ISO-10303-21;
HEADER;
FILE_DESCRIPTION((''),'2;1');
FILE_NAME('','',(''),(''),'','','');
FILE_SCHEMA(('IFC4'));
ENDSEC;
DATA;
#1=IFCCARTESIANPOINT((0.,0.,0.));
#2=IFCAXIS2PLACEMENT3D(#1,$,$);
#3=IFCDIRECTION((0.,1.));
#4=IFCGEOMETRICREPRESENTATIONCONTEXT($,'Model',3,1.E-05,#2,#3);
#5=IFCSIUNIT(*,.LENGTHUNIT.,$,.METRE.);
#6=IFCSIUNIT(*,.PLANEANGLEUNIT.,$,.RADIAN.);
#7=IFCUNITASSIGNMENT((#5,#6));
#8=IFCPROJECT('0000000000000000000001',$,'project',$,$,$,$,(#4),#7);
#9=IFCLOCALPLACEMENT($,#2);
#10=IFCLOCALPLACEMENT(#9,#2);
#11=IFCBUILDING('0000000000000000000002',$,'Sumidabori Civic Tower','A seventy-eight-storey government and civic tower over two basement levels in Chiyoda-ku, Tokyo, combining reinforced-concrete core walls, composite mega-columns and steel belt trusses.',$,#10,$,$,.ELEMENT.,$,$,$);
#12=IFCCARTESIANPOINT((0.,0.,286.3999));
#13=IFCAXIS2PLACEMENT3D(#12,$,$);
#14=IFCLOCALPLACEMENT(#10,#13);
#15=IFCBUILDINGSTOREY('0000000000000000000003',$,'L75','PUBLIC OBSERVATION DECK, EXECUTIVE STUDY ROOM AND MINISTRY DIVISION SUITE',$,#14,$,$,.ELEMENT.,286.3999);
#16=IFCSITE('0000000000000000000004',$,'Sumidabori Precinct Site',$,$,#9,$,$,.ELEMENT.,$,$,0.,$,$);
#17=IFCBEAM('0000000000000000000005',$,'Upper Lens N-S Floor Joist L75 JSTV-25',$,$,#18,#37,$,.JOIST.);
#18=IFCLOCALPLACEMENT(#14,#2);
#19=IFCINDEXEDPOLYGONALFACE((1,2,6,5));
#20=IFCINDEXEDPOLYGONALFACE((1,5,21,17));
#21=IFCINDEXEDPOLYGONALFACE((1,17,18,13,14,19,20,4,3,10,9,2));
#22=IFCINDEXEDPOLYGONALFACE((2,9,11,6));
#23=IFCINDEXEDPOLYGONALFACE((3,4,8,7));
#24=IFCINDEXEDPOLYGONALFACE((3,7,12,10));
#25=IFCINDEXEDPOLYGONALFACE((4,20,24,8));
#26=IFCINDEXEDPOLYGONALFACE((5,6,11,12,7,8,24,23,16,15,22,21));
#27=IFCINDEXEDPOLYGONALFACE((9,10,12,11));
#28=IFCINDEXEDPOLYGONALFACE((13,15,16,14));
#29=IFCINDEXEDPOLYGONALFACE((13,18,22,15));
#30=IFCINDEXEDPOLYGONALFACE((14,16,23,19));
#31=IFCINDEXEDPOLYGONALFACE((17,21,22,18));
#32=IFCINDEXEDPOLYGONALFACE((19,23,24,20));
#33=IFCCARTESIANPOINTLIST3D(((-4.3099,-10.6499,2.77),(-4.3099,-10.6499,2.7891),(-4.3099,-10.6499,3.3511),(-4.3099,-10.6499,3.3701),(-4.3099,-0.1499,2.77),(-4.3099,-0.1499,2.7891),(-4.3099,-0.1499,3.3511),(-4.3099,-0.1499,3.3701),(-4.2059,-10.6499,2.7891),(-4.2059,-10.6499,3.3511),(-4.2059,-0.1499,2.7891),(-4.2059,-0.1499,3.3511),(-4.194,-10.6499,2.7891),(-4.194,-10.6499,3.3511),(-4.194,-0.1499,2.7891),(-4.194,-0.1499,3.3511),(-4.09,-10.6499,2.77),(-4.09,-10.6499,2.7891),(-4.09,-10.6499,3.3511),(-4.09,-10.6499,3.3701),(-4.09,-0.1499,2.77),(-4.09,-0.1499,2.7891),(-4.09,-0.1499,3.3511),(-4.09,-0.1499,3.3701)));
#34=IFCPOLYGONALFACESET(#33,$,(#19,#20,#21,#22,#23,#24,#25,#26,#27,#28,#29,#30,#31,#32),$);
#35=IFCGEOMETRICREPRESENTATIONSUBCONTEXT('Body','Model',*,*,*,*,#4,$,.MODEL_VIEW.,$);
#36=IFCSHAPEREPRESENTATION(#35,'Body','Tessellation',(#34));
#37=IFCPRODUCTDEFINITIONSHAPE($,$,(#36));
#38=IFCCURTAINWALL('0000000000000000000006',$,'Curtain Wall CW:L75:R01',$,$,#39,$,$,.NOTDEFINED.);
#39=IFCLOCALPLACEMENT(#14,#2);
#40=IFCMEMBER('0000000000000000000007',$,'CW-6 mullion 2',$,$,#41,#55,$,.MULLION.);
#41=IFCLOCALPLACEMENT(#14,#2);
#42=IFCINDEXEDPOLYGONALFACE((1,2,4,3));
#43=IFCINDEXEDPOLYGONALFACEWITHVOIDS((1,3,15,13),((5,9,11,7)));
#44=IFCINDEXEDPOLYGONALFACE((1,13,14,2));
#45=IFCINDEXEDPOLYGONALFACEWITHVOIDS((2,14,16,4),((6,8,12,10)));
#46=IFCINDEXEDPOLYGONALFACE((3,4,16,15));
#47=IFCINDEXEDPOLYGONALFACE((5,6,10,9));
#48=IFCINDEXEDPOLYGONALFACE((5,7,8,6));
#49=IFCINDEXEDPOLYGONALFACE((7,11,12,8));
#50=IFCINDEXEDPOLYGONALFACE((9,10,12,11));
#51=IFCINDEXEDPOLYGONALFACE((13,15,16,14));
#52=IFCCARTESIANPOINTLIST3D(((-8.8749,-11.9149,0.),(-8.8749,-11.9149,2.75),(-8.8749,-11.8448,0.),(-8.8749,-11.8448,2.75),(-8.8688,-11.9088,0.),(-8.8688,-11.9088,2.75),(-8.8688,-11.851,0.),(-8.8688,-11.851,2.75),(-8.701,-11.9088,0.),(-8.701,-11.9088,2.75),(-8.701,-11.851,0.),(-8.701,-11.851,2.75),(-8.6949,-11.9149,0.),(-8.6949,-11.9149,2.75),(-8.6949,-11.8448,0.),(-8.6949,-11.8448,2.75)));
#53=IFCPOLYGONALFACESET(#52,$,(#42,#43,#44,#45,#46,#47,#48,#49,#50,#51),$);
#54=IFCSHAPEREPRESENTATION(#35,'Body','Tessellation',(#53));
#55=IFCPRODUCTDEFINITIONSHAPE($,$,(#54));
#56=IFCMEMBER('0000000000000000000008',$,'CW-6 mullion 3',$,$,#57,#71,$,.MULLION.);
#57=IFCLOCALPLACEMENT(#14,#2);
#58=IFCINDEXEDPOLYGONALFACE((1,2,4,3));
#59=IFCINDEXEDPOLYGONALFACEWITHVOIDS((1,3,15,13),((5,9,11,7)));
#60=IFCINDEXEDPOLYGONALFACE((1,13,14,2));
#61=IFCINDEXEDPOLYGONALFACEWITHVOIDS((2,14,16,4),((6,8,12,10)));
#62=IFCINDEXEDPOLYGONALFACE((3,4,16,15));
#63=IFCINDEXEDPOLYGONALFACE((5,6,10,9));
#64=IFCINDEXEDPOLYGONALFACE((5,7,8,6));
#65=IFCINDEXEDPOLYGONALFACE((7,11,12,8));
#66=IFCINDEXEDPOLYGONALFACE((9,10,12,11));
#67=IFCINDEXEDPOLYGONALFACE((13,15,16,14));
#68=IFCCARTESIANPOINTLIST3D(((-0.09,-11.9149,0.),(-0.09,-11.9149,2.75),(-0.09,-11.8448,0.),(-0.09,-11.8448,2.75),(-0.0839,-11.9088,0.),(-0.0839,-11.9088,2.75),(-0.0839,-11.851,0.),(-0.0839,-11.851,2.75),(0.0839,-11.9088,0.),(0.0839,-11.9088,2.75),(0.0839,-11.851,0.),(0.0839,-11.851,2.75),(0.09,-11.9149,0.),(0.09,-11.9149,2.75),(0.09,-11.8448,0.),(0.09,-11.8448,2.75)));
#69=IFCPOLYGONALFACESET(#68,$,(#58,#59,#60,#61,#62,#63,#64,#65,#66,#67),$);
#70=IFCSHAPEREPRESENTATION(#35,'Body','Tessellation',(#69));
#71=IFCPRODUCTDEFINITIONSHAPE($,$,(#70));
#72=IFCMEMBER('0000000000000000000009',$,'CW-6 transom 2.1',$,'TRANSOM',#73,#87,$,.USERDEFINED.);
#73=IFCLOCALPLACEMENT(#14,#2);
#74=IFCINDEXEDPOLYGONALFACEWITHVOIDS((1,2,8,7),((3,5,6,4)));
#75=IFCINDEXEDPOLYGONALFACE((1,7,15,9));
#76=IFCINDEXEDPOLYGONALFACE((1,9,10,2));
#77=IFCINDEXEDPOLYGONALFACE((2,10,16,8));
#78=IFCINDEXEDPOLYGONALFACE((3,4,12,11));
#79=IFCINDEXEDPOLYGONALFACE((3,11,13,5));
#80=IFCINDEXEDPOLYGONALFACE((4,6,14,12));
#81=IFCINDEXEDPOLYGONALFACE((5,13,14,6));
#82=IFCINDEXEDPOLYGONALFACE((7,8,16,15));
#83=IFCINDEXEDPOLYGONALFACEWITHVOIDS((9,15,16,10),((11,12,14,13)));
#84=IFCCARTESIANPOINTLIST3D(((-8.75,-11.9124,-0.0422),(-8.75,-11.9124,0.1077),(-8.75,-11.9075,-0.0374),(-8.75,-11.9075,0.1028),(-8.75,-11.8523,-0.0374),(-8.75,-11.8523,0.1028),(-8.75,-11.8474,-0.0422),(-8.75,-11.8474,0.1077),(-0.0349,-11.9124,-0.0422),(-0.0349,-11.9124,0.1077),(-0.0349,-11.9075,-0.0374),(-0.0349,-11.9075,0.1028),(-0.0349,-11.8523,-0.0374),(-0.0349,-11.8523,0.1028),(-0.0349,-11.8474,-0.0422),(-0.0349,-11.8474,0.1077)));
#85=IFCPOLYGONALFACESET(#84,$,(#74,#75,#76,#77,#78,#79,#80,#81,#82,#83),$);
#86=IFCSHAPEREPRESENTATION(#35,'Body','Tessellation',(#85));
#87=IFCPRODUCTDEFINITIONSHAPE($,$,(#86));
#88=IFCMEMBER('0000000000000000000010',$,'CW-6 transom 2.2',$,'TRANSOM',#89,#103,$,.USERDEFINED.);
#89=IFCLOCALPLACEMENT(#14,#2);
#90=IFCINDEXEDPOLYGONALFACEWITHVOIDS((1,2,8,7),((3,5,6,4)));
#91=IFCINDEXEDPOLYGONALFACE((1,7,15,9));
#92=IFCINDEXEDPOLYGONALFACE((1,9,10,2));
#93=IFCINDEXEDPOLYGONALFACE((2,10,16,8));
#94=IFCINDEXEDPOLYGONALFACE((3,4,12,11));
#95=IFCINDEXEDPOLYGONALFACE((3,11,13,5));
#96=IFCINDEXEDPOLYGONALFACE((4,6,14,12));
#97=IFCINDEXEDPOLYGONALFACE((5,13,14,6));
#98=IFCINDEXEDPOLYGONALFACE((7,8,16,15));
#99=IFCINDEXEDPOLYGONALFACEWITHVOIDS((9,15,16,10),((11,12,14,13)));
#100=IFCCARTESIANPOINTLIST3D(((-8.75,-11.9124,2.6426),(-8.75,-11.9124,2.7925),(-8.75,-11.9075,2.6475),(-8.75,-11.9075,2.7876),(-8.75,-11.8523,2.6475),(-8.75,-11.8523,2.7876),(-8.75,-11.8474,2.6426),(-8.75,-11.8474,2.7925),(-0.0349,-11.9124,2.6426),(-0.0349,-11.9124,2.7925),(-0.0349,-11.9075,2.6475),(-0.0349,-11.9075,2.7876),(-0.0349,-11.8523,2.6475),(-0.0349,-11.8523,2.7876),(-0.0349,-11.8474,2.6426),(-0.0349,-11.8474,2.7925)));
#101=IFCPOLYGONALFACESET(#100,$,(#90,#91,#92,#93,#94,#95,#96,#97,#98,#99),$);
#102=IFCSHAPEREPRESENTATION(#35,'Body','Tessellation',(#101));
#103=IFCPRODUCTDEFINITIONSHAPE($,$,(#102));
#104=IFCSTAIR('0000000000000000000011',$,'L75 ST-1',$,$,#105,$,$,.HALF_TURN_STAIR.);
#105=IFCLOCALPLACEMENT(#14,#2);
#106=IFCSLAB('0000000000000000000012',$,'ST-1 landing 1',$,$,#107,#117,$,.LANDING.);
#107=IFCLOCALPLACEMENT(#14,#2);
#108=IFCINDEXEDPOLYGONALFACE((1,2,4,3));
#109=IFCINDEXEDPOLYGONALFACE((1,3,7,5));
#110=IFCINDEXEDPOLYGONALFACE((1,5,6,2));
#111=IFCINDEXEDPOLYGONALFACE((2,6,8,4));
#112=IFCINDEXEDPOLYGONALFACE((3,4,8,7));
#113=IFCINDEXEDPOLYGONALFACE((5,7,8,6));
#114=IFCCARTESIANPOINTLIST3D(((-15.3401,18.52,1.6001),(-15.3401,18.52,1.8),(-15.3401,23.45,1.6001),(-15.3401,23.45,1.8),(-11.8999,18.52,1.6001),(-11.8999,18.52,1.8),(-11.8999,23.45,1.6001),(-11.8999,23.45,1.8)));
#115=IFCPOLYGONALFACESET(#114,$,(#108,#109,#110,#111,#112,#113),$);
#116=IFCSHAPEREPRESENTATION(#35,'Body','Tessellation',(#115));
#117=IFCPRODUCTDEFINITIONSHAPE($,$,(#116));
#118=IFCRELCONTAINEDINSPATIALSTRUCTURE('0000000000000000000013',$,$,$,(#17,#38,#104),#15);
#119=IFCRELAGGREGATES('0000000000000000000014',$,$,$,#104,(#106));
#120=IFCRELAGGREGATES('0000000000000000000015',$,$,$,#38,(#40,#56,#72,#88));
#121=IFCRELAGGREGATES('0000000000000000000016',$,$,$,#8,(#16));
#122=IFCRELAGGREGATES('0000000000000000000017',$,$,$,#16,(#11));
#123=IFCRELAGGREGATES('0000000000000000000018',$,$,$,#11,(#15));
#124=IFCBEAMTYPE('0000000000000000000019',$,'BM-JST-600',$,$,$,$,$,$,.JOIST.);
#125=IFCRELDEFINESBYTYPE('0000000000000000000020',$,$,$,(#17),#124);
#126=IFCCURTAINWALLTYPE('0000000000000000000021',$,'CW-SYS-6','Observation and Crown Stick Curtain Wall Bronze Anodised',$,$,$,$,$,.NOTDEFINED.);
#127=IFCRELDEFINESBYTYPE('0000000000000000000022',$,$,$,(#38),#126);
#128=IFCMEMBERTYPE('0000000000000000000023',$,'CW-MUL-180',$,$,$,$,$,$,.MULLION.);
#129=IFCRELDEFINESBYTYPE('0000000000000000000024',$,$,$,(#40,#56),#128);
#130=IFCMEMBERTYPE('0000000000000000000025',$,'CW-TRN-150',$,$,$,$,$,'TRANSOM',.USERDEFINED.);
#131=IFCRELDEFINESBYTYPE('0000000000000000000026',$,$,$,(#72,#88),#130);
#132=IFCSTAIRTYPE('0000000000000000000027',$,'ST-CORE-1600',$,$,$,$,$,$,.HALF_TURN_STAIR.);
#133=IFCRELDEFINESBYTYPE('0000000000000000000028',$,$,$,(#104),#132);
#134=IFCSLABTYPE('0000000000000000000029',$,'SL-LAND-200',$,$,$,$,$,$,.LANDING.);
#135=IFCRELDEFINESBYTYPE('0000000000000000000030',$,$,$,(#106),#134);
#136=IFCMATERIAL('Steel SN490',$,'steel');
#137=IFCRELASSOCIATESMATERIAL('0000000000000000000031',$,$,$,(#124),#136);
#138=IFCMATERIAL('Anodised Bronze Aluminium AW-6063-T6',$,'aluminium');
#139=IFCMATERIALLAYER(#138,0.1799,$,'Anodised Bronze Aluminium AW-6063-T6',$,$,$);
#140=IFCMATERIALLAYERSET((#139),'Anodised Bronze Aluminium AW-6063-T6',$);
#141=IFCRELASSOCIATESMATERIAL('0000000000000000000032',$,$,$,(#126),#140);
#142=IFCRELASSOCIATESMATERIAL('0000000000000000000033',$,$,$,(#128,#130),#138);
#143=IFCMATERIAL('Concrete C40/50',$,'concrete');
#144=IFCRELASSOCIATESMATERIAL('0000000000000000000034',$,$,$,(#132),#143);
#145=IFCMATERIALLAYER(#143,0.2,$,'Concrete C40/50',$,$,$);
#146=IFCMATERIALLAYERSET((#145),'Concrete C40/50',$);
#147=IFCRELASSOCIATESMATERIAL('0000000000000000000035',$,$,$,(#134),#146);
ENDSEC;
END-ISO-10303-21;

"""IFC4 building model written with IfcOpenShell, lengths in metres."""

from ifc_helpers import new_model, si_unit, direction, frame, origin, origin_2d, place, context, subcontext, project, spatial, polyline, hollow_rectangle, i_section, outline, extrude, source, transform, mapped, material, layer, layer_set, material_profile, profile_set, type_object, element, aggregate, save


model = new_model("IFC4")

# Units and contexts
model_context = context("Model", 3, precision=1e-05, world=origin(), true_north=direction((0.0, 1.0)))
body_context = subcontext(model_context, "Body", "Model", "MODEL_VIEW")
ifc_project = project(units=[si_unit("LENGTHUNIT", "METRE"), si_unit("PLANEANGLEUNIT", "RADIAN")], contexts=[model_context])

# Site, building, storey
site_placement = place(None, origin())
site = spatial("IfcSite", under=ifc_project, at=site_placement, Name="Sumidabori Precinct Site", CompositionType="ELEMENT", RefElevation=0.0)
building_placement = place(site_placement, origin())
building = spatial("IfcBuilding", under=site, at=building_placement, Name="Sumidabori Civic Tower", Description="A seventy-eight-storey government and civic tower over two basement levels in Chiyoda-ku, Tokyo, combining reinforced-concrete core walls, composite mega-columns and steel belt trusses.", CompositionType="ELEMENT")
storey_placement = place(building_placement, frame((0.0, 0.0, 286.3999)))
storey = spatial("IfcBuildingStorey", under=building, at=storey_placement, Name="L75", Description="PUBLIC OBSERVATION DECK, EXECUTIVE STUDY ROOM AND MINISTRY DIVISION SUITE", CompositionType="ELEMENT", Elevation=286.3999)

# Shared definitions
ifc_material_1 = material(Name="Steel SN490", Category="steel")

# Beam
ifc_material_profile_1 = material_profile(ifc_material_1, i_section(OverallWidth=0.22, OverallDepth=0.6001, WebThickness=0.012, FlangeThickness=0.019, at=origin_2d()), Name="IPE 600")
ifc_profile_set_1 = profile_set([ifc_material_profile_1], Name="Steel SN490")
beam_type_1 = type_object("IfcBeamType", Name="BM-JST-600", PredefinedType="JOIST", material=ifc_profile_set_1)
shared_shape_1 = source(origin(), body_context, "Body", "SweptSolid", [
    extrude(i_section(OverallWidth=0.22, OverallDepth=0.6001, WebThickness=0.012, FlangeThickness=0.019, at=origin_2d()), origin(), (0.0, 0.0, 1.0), 10.5),
])
for number, where, z_axis, x_axis, name in (
    (1, (-4.2, -10.6499, 3.0701), (0.0, 1.0, 0.0), (-1.0, 0.0, 0.0), "Upper Lens N-S Floor Joist L75 JSTV-25"),
):
    element("IfcBeam", number, at=place(storey_placement, frame(where, z_axis=z_axis, x_axis=x_axis)), inside=storey, type_object=beam_type_1, Name=name, PredefinedType="JOIST", context=body_context, shape_type="MappedRepresentation", body=[
        mapped(shared_shape_1, transform((0.0, 0.0, 0.0), x_axis=(1.0, 0.0, 0.0), y_axis=(0.0, 1.0, 0.0), z_axis=(0.0, 0.0, 1.0), scale=1.0)),
    ])

# Curtain wall, members
ifc_material_2 = material(Name="Anodised Bronze Aluminium AW-6063-T6", Category="aluminium")
ifc_layer_1 = layer(ifc_material_2, 0.1799, Name="Anodised Bronze Aluminium AW-6063-T6")
ifc_layer_set_1 = layer_set([ifc_layer_1], Name="Anodised Bronze Aluminium AW-6063-T6")
curtain_wall_type = type_object("IfcCurtainWallType", Name="CW-SYS-6", Description="Observation and Crown Stick Curtain Wall Bronze Anodised", PredefinedType="NOTDEFINED", material=ifc_layer_set_1)
curtain_wall_placement = place(storey_placement, origin())
curtain_wall = element("IfcCurtainWall", 2, at=curtain_wall_placement, inside=storey, type_object=curtain_wall_type, Name="Curtain Wall CW:L75:R01", PredefinedType="NOTDEFINED")
ifc_material_profile_2 = material_profile(ifc_material_2, hollow_rectangle(XDim=0.0701, YDim=0.1799, WallThickness=0.0061, at=origin_2d()), Name="ALU MULLION 180x70")
ifc_profile_set_2 = profile_set([ifc_material_profile_2], Name="Anodised Bronze Aluminium AW-6063-T6")
member_type_1 = type_object("IfcMemberType", Name="CW-MUL-180", PredefinedType="MULLION", material=ifc_profile_set_2)
shared_shape_2 = source(origin(), body_context, "Body", "SweptSolid", [
    extrude(hollow_rectangle(XDim=0.0701, YDim=0.1799, WallThickness=0.0061, at=origin_2d()), origin(), (0.0, 0.0, 1.0), 2.75),
])
member_1_placement = place(storey_placement, frame((-8.7849, -11.8799, 0.0), z_axis=(0.0, 0.0, 1.0), x_axis=(0.0, 1.0, 0.0)))
member_1 = element("IfcMember", 3, at=member_1_placement, type_object=member_type_1, Name="CW-6 mullion 2", PredefinedType="MULLION", context=body_context, shape_type="MappedRepresentation", body=[
    mapped(shared_shape_2, transform((0.0, 0.0, 0.0), x_axis=(1.0, 0.0, 0.0), y_axis=(0.0, 1.0, 0.0), z_axis=(0.0, 0.0, 1.0), scale=1.0)),
])
member_2_placement = place(storey_placement, frame((0.0, -11.8799, 0.0), z_axis=(0.0, 0.0, 1.0), x_axis=(0.0, 1.0, 0.0)))
member_2 = element("IfcMember", 4, at=member_2_placement, type_object=member_type_1, Name="CW-6 mullion 3", PredefinedType="MULLION", context=body_context, shape_type="MappedRepresentation", body=[
    mapped(shared_shape_2, transform((0.0, 0.0, 0.0), x_axis=(1.0, 0.0, 0.0), y_axis=(0.0, 1.0, 0.0), z_axis=(0.0, 0.0, 1.0), scale=1.0)),
])
ifc_material_profile_3 = material_profile(ifc_material_2, hollow_rectangle(XDim=0.0649, YDim=0.1499, WallThickness=0.0049, at=origin_2d()), Name="ALU TRANSOM 150x65")
ifc_profile_set_3 = profile_set([ifc_material_profile_3], Name="Anodised Bronze Aluminium AW-6063-T6")
member_type_2 = type_object("IfcMemberType", Name="CW-TRN-150", ElementType="TRANSOM", PredefinedType="USERDEFINED", material=ifc_profile_set_3)
shared_shape_3 = source(origin(), body_context, "Body", "SweptSolid", [
    extrude(hollow_rectangle(XDim=0.0649, YDim=0.1499, WallThickness=0.0049, at=origin_2d()), origin(), (0.0, 0.0, 1.0), 8.7151),
])
member_3_placement = place(storey_placement, frame((-8.75, -11.8799, 0.0327), z_axis=(1.0, 0.0, 0.0), x_axis=(0.0, 1.0, 0.0)))
member_3 = element("IfcMember", 5, at=member_3_placement, type_object=member_type_2, Name="CW-6 transom 2.1", ObjectType="TRANSOM", PredefinedType="USERDEFINED", context=body_context, shape_type="MappedRepresentation", body=[
    mapped(shared_shape_3, transform((0.0, 0.0, 0.0), x_axis=(1.0, 0.0, 0.0), y_axis=(0.0, 1.0, 0.0), z_axis=(0.0, 0.0, 1.0), scale=1.0)),
])
member_4_placement = place(storey_placement, frame((-8.75, -11.8799, 2.7175), z_axis=(1.0, 0.0, 0.0), x_axis=(0.0, 1.0, 0.0)))
member_4 = element("IfcMember", 6, at=member_4_placement, type_object=member_type_2, Name="CW-6 transom 2.2", ObjectType="TRANSOM", PredefinedType="USERDEFINED", context=body_context, shape_type="MappedRepresentation", body=[
    mapped(shared_shape_3, transform((0.0, 0.0, 0.0), x_axis=(1.0, 0.0, 0.0), y_axis=(0.0, 1.0, 0.0), z_axis=(0.0, 0.0, 1.0), scale=1.0)),
])

# Stair, slab
ifc_material_3 = material(Name="Concrete C40/50", Category="concrete")
stair_type = type_object("IfcStairType", Name="ST-CORE-1600", PredefinedType="HALF_TURN_STAIR", material=ifc_material_3)
stair_placement = place(storey_placement, origin())
stair = element("IfcStair", 7, at=stair_placement, inside=storey, type_object=stair_type, Name="L75 ST-1", PredefinedType="HALF_TURN_STAIR")
ifc_layer_2 = layer(ifc_material_3, 0.2, Name="Concrete C40/50")
ifc_layer_set_2 = layer_set([ifc_layer_2], Name="Concrete C40/50")
slab_type_1 = type_object("IfcSlabType", Name="SL-LAND-200", PredefinedType="LANDING", material=ifc_layer_set_2)
slab_1_placement = place(storey_placement, frame((0.0, 0.0, 1.6001)))
slab_1 = element("IfcSlab", 8, at=slab_1_placement, type_object=slab_type_1, Name="ST-1 landing 1", PredefinedType="LANDING", context=body_context, shape_type="SweptSolid", body=[
    extrude(outline(polyline([(-11.8999, 18.52), (-11.8999, 23.45), (-15.3401, 23.45), (-15.3401, 18.52), (-11.8999, 18.52)])), origin(), (0.0, 0.0, 1.0), 0.2),
])
aggregate(stair, [slab_1])

aggregate(curtain_wall, [member_1, member_2, member_3, member_4])

save(model, "model.ifc")
